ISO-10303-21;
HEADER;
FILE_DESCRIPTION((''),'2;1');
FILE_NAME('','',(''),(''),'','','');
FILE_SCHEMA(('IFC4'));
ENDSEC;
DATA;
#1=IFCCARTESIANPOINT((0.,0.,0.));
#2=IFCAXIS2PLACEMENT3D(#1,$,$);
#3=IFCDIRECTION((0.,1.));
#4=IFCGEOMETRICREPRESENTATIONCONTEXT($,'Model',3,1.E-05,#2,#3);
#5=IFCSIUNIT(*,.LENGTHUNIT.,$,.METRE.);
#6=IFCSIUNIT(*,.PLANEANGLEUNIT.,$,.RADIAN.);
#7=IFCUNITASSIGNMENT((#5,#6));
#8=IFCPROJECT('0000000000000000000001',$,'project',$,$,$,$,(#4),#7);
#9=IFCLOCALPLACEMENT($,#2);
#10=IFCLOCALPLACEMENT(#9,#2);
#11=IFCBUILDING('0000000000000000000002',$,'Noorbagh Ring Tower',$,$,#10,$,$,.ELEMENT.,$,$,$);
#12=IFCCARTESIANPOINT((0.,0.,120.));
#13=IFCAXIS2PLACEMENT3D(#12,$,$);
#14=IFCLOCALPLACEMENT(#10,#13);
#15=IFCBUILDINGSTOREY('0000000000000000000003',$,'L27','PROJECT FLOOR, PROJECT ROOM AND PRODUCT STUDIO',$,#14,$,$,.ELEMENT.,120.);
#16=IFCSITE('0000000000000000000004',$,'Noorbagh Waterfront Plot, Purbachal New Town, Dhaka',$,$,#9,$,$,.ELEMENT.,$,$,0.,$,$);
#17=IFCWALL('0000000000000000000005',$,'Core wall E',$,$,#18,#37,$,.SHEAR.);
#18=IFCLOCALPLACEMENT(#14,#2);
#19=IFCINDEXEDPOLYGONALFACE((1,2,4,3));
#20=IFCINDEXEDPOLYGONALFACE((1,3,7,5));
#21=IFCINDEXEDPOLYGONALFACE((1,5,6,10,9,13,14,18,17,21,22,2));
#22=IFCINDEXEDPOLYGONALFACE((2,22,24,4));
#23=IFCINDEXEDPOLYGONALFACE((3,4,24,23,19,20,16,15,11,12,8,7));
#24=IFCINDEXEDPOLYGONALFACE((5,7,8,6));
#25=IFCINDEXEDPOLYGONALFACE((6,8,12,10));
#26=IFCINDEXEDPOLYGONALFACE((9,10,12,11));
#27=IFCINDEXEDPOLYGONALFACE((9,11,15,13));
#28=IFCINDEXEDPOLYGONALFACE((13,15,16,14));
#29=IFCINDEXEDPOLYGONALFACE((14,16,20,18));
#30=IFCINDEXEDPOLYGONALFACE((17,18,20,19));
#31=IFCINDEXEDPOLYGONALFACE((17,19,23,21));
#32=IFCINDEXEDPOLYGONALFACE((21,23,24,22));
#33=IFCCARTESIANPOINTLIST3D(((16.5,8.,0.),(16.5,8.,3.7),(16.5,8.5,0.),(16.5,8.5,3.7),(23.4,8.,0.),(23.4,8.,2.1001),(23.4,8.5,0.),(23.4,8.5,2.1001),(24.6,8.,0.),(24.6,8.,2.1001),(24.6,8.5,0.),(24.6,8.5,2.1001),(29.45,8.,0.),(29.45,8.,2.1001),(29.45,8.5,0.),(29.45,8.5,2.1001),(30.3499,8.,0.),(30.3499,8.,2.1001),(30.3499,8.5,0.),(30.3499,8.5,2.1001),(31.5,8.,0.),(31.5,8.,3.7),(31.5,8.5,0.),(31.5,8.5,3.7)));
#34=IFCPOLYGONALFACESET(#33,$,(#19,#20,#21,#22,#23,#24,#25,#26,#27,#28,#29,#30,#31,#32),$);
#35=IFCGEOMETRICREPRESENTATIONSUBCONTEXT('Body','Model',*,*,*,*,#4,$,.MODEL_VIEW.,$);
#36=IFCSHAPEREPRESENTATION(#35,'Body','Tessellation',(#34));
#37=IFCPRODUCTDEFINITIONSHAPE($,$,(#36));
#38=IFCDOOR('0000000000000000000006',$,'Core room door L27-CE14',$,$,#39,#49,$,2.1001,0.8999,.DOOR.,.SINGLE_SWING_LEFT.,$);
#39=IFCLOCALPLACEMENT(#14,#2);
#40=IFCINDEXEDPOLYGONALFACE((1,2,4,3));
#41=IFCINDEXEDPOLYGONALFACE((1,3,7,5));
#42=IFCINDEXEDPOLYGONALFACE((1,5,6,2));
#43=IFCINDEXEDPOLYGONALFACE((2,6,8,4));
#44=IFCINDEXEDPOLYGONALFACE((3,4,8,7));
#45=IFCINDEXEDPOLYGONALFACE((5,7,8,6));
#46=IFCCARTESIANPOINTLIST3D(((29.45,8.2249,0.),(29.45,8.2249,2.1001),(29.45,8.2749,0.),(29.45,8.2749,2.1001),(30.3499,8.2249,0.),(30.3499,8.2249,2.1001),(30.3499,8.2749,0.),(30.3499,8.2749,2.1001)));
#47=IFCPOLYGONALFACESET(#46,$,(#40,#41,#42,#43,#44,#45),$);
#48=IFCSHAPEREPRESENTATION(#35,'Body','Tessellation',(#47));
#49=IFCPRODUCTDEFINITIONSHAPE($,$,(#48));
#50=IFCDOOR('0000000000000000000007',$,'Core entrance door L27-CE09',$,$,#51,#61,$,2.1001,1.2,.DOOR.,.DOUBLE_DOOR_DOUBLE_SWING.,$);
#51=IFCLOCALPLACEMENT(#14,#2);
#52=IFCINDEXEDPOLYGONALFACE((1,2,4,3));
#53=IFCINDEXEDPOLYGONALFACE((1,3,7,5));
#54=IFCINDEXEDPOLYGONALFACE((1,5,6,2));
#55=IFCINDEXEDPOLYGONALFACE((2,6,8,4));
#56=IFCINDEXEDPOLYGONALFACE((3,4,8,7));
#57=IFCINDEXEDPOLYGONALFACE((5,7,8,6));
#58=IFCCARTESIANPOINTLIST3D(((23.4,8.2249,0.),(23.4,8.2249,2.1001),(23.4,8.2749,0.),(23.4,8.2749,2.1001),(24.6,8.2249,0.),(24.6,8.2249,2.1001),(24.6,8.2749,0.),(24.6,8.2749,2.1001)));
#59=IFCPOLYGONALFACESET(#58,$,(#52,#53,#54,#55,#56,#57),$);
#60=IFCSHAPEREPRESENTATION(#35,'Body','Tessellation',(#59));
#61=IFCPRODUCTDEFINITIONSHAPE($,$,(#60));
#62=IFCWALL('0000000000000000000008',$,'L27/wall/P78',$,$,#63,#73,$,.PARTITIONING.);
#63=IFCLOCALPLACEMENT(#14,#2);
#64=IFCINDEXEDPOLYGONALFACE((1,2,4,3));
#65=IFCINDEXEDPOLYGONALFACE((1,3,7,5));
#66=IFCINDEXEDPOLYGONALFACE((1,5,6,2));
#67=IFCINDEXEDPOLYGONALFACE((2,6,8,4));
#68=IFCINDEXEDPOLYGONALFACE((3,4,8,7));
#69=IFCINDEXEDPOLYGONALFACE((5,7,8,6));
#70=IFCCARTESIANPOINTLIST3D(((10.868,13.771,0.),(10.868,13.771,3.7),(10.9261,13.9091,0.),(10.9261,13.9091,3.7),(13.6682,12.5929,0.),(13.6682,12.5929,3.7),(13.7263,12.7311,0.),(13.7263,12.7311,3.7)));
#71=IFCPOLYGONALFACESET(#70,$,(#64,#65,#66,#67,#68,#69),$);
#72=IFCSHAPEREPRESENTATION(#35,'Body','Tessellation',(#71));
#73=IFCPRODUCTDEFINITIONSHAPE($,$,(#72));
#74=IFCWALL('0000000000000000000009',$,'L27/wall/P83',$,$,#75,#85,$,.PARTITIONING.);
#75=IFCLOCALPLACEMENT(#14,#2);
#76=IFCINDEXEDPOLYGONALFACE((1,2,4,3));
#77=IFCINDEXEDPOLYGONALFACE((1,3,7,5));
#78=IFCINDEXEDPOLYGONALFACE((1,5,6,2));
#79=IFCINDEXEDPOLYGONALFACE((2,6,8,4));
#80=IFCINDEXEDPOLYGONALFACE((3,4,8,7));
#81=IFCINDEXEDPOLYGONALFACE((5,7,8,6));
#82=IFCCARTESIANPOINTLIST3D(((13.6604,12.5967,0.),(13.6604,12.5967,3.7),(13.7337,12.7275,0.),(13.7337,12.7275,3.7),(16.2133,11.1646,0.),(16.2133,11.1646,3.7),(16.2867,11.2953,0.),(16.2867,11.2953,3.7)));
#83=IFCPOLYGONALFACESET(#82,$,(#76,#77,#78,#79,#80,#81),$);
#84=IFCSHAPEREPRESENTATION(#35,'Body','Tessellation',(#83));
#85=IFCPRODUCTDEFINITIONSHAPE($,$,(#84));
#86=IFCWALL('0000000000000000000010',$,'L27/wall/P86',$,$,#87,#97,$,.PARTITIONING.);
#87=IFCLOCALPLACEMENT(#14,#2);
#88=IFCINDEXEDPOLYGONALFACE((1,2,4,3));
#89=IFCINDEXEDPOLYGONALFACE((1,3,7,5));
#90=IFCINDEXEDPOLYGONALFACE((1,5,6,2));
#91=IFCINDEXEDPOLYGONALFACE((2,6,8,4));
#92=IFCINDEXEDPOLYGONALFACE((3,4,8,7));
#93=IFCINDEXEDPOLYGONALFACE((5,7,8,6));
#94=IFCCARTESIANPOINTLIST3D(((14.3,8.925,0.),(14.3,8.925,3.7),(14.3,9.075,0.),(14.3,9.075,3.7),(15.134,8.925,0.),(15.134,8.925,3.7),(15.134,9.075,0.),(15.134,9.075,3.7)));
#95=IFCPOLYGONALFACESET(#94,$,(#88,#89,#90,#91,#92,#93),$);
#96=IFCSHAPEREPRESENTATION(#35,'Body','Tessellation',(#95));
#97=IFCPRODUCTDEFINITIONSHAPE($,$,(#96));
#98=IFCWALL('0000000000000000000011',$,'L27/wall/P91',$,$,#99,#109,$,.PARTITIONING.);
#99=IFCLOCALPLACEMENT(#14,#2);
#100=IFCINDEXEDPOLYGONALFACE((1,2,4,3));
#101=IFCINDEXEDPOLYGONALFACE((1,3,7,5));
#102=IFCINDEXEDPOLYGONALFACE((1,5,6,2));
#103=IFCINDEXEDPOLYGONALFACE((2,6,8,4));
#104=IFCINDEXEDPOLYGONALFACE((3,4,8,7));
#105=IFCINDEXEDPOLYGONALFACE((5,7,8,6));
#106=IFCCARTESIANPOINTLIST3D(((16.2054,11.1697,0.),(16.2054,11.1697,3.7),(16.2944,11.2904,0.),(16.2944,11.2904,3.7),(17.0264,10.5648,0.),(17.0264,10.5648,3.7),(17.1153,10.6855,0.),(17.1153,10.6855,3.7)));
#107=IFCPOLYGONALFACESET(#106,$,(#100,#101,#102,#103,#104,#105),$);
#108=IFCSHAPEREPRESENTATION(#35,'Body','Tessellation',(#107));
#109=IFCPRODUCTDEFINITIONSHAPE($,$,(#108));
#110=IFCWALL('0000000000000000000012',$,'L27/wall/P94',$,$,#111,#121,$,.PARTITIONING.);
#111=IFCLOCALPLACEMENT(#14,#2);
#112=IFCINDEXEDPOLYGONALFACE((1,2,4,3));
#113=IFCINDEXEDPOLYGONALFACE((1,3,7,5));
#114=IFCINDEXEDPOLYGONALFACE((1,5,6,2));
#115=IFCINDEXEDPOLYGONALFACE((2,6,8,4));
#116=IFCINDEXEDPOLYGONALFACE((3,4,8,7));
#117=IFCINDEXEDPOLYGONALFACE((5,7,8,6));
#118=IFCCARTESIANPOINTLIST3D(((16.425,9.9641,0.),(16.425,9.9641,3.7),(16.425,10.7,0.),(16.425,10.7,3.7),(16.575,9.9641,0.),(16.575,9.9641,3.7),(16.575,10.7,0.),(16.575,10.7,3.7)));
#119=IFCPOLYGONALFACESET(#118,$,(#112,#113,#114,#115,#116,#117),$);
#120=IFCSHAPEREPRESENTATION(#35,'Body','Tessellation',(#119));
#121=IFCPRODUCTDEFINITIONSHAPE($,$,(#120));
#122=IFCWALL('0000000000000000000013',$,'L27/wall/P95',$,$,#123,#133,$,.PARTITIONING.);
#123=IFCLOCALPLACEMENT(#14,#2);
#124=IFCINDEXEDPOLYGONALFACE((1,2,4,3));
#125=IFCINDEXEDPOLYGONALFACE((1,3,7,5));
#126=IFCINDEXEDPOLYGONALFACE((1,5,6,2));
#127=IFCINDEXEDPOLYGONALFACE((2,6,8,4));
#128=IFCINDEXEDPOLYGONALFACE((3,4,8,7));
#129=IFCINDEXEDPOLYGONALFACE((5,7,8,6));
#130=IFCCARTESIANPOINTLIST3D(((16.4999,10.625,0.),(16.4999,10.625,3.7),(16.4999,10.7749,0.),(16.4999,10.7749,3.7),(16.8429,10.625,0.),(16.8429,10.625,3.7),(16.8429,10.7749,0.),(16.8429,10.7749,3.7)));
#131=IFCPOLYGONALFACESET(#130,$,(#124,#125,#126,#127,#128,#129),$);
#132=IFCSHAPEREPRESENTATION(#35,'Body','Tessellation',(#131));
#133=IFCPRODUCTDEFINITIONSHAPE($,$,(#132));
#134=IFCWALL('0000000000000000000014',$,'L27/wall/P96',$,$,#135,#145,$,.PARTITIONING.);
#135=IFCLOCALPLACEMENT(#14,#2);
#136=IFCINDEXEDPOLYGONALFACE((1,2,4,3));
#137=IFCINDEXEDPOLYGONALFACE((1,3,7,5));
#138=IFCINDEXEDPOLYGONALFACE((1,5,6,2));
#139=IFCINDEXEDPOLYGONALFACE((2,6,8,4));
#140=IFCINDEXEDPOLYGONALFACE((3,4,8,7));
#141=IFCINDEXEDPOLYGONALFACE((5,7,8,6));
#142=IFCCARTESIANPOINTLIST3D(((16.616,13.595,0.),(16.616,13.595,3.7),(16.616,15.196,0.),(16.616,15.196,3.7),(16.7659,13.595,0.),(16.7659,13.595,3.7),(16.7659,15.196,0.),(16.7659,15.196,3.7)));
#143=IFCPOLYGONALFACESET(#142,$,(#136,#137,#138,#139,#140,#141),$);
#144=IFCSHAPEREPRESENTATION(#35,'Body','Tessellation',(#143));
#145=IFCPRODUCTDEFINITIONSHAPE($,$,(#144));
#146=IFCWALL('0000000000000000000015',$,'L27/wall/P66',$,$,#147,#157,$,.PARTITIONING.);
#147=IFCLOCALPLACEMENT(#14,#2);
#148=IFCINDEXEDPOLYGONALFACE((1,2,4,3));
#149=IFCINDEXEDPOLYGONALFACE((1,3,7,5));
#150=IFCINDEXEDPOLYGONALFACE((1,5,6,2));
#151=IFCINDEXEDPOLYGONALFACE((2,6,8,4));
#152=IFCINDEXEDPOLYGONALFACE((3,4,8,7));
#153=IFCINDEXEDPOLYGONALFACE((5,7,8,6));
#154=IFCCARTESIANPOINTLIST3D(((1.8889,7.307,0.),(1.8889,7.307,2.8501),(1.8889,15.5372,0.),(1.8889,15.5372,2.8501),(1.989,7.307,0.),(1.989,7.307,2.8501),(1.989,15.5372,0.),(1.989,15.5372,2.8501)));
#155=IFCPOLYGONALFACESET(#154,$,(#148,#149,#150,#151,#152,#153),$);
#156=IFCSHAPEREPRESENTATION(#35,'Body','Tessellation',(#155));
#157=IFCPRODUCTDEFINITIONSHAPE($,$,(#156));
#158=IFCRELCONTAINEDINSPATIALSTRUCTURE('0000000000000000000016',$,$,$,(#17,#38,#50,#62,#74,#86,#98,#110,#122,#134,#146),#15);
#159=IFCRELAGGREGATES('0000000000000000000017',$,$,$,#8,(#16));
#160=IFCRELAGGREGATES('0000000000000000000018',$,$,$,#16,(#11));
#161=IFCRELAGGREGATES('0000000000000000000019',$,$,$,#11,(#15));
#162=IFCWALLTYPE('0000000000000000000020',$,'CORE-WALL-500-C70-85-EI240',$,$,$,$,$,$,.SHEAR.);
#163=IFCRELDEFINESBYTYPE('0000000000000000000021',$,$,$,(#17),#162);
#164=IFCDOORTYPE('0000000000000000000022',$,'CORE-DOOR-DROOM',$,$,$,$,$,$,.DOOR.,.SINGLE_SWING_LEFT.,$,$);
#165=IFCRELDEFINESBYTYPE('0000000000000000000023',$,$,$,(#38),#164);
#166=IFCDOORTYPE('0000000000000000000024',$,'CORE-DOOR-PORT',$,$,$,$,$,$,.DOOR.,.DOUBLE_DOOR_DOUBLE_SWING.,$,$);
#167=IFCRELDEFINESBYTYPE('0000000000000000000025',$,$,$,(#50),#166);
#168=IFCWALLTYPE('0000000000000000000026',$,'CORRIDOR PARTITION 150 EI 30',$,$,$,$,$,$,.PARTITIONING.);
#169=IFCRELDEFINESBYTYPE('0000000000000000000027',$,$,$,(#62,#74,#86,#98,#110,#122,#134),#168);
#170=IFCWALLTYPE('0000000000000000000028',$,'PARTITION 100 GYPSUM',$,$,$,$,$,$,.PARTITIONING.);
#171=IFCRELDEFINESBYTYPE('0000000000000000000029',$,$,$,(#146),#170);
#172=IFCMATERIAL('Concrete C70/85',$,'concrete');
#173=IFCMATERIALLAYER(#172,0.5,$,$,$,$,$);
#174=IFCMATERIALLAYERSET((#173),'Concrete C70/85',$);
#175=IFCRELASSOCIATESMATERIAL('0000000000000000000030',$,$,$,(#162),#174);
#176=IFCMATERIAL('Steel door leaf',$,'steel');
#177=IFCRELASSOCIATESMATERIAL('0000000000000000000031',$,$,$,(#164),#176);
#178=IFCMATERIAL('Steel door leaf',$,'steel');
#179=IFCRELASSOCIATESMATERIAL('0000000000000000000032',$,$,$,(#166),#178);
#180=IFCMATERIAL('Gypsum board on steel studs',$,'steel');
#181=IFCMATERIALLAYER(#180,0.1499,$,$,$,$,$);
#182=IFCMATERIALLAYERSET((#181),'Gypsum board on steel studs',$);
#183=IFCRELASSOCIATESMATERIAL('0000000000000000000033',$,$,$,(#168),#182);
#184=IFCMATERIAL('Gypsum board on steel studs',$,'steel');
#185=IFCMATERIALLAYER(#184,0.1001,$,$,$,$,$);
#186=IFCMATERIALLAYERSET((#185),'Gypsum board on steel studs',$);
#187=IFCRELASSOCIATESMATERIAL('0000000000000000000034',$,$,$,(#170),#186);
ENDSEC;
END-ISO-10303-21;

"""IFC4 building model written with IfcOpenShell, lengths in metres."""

from ifc_helpers import new_model, si_unit, direction, frame, frame_2d, origin, place, context, subcontext, project, spatial, rectangle, extrude, material, layer, layer_set, type_object, element, fill, save


model = new_model("IFC4")

# Units and contexts
model_context = context("Model", 3, precision=1e-05, world=origin(), true_north=direction((0.0, 1.0)))
body_context = subcontext(model_context, "Body", "Model", "MODEL_VIEW")
ifc_project = project(units=[si_unit("LENGTHUNIT", "METRE"), si_unit("PLANEANGLEUNIT", "RADIAN")], contexts=[model_context])

# Site, building, storey
site_placement = place(None, origin())
site = spatial("IfcSite", under=ifc_project, at=site_placement, Name="Noorbagh Waterfront Plot, Purbachal New Town, Dhaka", CompositionType="ELEMENT", RefElevation=0.0)
building_placement = place(site_placement, origin())
building = spatial("IfcBuilding", under=site, at=building_placement, Name="Noorbagh Ring Tower", CompositionType="ELEMENT")
storey_placement = place(building_placement, frame((0.0, 0.0, 120.0)))
storey = spatial("IfcBuildingStorey", under=building, at=storey_placement, Name="L27", Description="PROJECT FLOOR, PROJECT ROOM AND PRODUCT STUDIO", CompositionType="ELEMENT", Elevation=120.0)

# Wall, openings, doors
ifc_material_1 = material(Name="Concrete C70/85", Category="concrete")
ifc_layer_1 = layer(ifc_material_1, 0.5)
ifc_layer_set_1 = layer_set([ifc_layer_1], Name="Concrete C70/85")
wall_type_1 = type_object("IfcWallType", Name="CORE-WALL-500-C70-85-EI240", PredefinedType="SHEAR", material=ifc_layer_set_1)
wall_1_placement = place(storey_placement, frame((16.5, 8.25, 0.0), z_axis=(0.0, 0.0, 1.0), x_axis=(1.0, 0.0, 0.0)))
wall_1 = element("IfcWall", 1, at=wall_1_placement, inside=storey, type_object=wall_type_1, Name="Core wall E", PredefinedType="SHEAR", context=body_context, shape_type="SweptSolid", body=[
    extrude(rectangle(XDim=15.0, YDim=0.5, at=frame_2d((7.5, 0.0))), origin(), (0.0, 0.0, 1.0), 3.7),
])
opening_1_placement = place(wall_1_placement, frame((6.8999, 0.0, 0.0)))
opening_1 = element("IfcOpeningElement", 2, at=opening_1_placement, cuts=wall_1, PredefinedType="OPENING", context=body_context, shape_type="SweptSolid", body=[
    extrude(rectangle(XDim=1.2, YDim=2.1001, at=frame_2d((0.6001, 1.05))), frame((0.0, 0.26, 0.0), z_axis=(0.0, -1.0, 0.0), x_axis=(1.0, 0.0, 0.0)), (0.0, 0.0, 1.0), 0.52),
])
opening_2_placement = place(wall_1_placement, frame((12.95, 0.0, 0.0)))
opening_2 = element("IfcOpeningElement", 3, at=opening_2_placement, cuts=wall_1, PredefinedType="OPENING", context=body_context, shape_type="SweptSolid", body=[
    extrude(rectangle(XDim=0.8999, YDim=2.1001, at=frame_2d((0.45, 1.05))), frame((0.0, 0.26, 0.0), z_axis=(0.0, -1.0, 0.0), x_axis=(1.0, 0.0, 0.0)), (0.0, 0.0, 1.0), 0.52),
])
ifc_material_2 = material(Name="Steel door leaf", Category="steel")
door_type_1 = type_object("IfcDoorType", Name="CORE-DOOR-DROOM", OperationType="SINGLE_SWING_LEFT", PredefinedType="DOOR", material=ifc_material_2)
door_1_placement = place(opening_2_placement, origin())
door_1 = element("IfcDoor", 4, at=door_1_placement, inside=storey, type_object=door_type_1, Name="Core room door L27-CE14", OperationType="SINGLE_SWING_LEFT", OverallHeight=2.1001, OverallWidth=0.8999, PredefinedType="DOOR", context=body_context, shape_type="SweptSolid", body=[
    extrude(rectangle(XDim=0.8999, YDim=2.1001, at=frame_2d((0.45, 1.05))), frame((0.0, 0.0249, 0.0), z_axis=(0.0, -1.0, 0.0), x_axis=(1.0, 0.0, 0.0)), (0.0, 0.0, 1.0), 0.05),
])
fill(opening_2, door_1)
ifc_material_3 = material(Name="Steel door leaf", Category="steel")
door_type_2 = type_object("IfcDoorType", Name="CORE-DOOR-PORT", OperationType="DOUBLE_DOOR_DOUBLE_SWING", PredefinedType="DOOR", material=ifc_material_3)
door_2_placement = place(opening_1_placement, origin())
door_2 = element("IfcDoor", 5, at=door_2_placement, inside=storey, type_object=door_type_2, Name="Core entrance door L27-CE09", OperationType="DOUBLE_DOOR_DOUBLE_SWING", OverallHeight=2.1001, OverallWidth=1.2, PredefinedType="DOOR", context=body_context, shape_type="SweptSolid", body=[
    extrude(rectangle(XDim=1.2, YDim=2.1001, at=frame_2d((0.6001, 1.05))), frame((0.0, 0.0249, 0.0), z_axis=(0.0, -1.0, 0.0), x_axis=(1.0, 0.0, 0.0)), (0.0, 0.0, 1.0), 0.05),
])
fill(opening_1, door_2)

# Walls
ifc_material_4 = material(Name="Gypsum board on steel studs", Category="steel")
ifc_layer_2 = layer(ifc_material_4, 0.1499)
ifc_layer_set_2 = layer_set([ifc_layer_2], Name="Gypsum board on steel studs")
wall_type_2 = type_object("IfcWallType", Name="CORRIDOR PARTITION 150 EI 30", PredefinedType="PARTITIONING", material=ifc_layer_set_2)
wall_2_placement = place(storey_placement, frame((10.897, 13.8401, 0.0), z_axis=(0.0, 0.0, 1.0), x_axis=(0.921752, -0.38778, 0.0)))
element("IfcWall", 6, at=wall_2_placement, inside=storey, type_object=wall_type_2, Name="L27/wall/P78", PredefinedType="PARTITIONING", context=body_context, shape_type="SweptSolid", body=[
    extrude(rectangle(XDim=3.0378, YDim=0.1499, at=frame_2d((1.519, 0.0))), origin(), (0.0, 0.0, 1.0), 3.7),
])
wall_3_placement = place(storey_placement, frame((13.697, 12.6621, 0.0), z_axis=(0.0, 0.0, 1.0), x_axis=(0.872147, -0.489243, 0.0)))
element("IfcWall", 7, at=wall_3_placement, inside=storey, type_object=wall_type_2, Name="L27/wall/P83", PredefinedType="PARTITIONING", context=body_context, shape_type="SweptSolid", body=[
    extrude(rectangle(XDim=2.9272, YDim=0.1499, at=frame_2d((1.4636, 0.0))), origin(), (0.0, 0.0, 1.0), 3.7),
])
wall_4_placement = place(storey_placement, frame((14.3, 9.0, 0.0), z_axis=(0.0, 0.0, 1.0), x_axis=(1.0, 0.0, 0.0)))
element("IfcWall", 8, at=wall_4_placement, inside=storey, type_object=wall_type_2, Name="L27/wall/P86", PredefinedType="PARTITIONING", context=body_context, shape_type="SweptSolid", body=[
    extrude(rectangle(XDim=0.834, YDim=0.1499, at=frame_2d((0.417, 0.0))), origin(), (0.0, 0.0, 1.0), 3.7),
])
wall_5_placement = place(storey_placement, frame((16.25, 11.23, 0.0), z_axis=(0.0, 0.0, 1.0), x_axis=(0.805056, -0.593199, 0.0)))
element("IfcWall", 9, at=wall_5_placement, inside=storey, type_object=wall_type_2, Name="L27/wall/P91", PredefinedType="PARTITIONING", context=body_context, shape_type="SweptSolid", body=[
    extrude(rectangle(XDim=1.0198, YDim=0.1499, at=frame_2d((0.5098, 0.0))), origin(), (0.0, 0.0, 1.0), 3.7),
])
wall_6_placement = place(storey_placement, frame((16.5, 9.9641, 0.0), z_axis=(0.0, 0.0, 1.0), x_axis=(0.0, 1.0, 0.0)))
element("IfcWall", 10, at=wall_6_placement, inside=storey, type_object=wall_type_2, Name="L27/wall/P94", PredefinedType="PARTITIONING", context=body_context, shape_type="SweptSolid", body=[
    extrude(rectangle(XDim=0.7358, YDim=0.1499, at=frame_2d((0.3679, 0.0))), origin(), (0.0, 0.0, 1.0), 3.7),
])
wall_7_placement = place(storey_placement, frame((16.5, 10.7, 0.0), z_axis=(0.0, 0.0, 1.0), x_axis=(1.0, 0.0, 0.0)))
element("IfcWall", 11, at=wall_7_placement, inside=storey, type_object=wall_type_2, Name="L27/wall/P95", PredefinedType="PARTITIONING", context=body_context, shape_type="SweptSolid", body=[
    extrude(rectangle(XDim=0.343, YDim=0.1499, at=frame_2d((0.1714, 0.0))), origin(), (0.0, 0.0, 1.0), 3.7),
])
wall_8_placement = place(storey_placement, frame((16.6909, 13.595, 0.0), z_axis=(0.0, 0.0, 1.0), x_axis=(0.0, 1.0, 0.0)))
element("IfcWall", 12, at=wall_8_placement, inside=storey, type_object=wall_type_2, Name="L27/wall/P96", PredefinedType="PARTITIONING", context=body_context, shape_type="SweptSolid", body=[
    extrude(rectangle(XDim=1.6011, YDim=0.1499, at=frame_2d((0.8005, 0.0))), origin(), (0.0, 0.0, 1.0), 3.7),
])
ifc_material_5 = material(Name="Gypsum board on steel studs", Category="steel")
ifc_layer_3 = layer(ifc_material_5, 0.1001)
ifc_layer_set_3 = layer_set([ifc_layer_3], Name="Gypsum board on steel studs")
wall_type_3 = type_object("IfcWallType", Name="PARTITION 100 GYPSUM", PredefinedType="PARTITIONING", material=ifc_layer_set_3)
wall_9_placement = place(storey_placement, frame((1.939, 7.3069, 0.0), z_axis=(0.0, 0.0, 1.0), x_axis=(0.0, 1.0, 0.0)))
element("IfcWall", 13, at=wall_9_placement, inside=storey, type_object=wall_type_3, Name="L27/wall/P66", PredefinedType="PARTITIONING", context=body_context, shape_type="SweptSolid", body=[
    extrude(rectangle(XDim=8.2302, YDim=0.1001, at=frame_2d((4.1152, 0.0))), origin(), (0.0, 0.0, 1.0), 2.8501),
])

save(model, "model.ifc")
